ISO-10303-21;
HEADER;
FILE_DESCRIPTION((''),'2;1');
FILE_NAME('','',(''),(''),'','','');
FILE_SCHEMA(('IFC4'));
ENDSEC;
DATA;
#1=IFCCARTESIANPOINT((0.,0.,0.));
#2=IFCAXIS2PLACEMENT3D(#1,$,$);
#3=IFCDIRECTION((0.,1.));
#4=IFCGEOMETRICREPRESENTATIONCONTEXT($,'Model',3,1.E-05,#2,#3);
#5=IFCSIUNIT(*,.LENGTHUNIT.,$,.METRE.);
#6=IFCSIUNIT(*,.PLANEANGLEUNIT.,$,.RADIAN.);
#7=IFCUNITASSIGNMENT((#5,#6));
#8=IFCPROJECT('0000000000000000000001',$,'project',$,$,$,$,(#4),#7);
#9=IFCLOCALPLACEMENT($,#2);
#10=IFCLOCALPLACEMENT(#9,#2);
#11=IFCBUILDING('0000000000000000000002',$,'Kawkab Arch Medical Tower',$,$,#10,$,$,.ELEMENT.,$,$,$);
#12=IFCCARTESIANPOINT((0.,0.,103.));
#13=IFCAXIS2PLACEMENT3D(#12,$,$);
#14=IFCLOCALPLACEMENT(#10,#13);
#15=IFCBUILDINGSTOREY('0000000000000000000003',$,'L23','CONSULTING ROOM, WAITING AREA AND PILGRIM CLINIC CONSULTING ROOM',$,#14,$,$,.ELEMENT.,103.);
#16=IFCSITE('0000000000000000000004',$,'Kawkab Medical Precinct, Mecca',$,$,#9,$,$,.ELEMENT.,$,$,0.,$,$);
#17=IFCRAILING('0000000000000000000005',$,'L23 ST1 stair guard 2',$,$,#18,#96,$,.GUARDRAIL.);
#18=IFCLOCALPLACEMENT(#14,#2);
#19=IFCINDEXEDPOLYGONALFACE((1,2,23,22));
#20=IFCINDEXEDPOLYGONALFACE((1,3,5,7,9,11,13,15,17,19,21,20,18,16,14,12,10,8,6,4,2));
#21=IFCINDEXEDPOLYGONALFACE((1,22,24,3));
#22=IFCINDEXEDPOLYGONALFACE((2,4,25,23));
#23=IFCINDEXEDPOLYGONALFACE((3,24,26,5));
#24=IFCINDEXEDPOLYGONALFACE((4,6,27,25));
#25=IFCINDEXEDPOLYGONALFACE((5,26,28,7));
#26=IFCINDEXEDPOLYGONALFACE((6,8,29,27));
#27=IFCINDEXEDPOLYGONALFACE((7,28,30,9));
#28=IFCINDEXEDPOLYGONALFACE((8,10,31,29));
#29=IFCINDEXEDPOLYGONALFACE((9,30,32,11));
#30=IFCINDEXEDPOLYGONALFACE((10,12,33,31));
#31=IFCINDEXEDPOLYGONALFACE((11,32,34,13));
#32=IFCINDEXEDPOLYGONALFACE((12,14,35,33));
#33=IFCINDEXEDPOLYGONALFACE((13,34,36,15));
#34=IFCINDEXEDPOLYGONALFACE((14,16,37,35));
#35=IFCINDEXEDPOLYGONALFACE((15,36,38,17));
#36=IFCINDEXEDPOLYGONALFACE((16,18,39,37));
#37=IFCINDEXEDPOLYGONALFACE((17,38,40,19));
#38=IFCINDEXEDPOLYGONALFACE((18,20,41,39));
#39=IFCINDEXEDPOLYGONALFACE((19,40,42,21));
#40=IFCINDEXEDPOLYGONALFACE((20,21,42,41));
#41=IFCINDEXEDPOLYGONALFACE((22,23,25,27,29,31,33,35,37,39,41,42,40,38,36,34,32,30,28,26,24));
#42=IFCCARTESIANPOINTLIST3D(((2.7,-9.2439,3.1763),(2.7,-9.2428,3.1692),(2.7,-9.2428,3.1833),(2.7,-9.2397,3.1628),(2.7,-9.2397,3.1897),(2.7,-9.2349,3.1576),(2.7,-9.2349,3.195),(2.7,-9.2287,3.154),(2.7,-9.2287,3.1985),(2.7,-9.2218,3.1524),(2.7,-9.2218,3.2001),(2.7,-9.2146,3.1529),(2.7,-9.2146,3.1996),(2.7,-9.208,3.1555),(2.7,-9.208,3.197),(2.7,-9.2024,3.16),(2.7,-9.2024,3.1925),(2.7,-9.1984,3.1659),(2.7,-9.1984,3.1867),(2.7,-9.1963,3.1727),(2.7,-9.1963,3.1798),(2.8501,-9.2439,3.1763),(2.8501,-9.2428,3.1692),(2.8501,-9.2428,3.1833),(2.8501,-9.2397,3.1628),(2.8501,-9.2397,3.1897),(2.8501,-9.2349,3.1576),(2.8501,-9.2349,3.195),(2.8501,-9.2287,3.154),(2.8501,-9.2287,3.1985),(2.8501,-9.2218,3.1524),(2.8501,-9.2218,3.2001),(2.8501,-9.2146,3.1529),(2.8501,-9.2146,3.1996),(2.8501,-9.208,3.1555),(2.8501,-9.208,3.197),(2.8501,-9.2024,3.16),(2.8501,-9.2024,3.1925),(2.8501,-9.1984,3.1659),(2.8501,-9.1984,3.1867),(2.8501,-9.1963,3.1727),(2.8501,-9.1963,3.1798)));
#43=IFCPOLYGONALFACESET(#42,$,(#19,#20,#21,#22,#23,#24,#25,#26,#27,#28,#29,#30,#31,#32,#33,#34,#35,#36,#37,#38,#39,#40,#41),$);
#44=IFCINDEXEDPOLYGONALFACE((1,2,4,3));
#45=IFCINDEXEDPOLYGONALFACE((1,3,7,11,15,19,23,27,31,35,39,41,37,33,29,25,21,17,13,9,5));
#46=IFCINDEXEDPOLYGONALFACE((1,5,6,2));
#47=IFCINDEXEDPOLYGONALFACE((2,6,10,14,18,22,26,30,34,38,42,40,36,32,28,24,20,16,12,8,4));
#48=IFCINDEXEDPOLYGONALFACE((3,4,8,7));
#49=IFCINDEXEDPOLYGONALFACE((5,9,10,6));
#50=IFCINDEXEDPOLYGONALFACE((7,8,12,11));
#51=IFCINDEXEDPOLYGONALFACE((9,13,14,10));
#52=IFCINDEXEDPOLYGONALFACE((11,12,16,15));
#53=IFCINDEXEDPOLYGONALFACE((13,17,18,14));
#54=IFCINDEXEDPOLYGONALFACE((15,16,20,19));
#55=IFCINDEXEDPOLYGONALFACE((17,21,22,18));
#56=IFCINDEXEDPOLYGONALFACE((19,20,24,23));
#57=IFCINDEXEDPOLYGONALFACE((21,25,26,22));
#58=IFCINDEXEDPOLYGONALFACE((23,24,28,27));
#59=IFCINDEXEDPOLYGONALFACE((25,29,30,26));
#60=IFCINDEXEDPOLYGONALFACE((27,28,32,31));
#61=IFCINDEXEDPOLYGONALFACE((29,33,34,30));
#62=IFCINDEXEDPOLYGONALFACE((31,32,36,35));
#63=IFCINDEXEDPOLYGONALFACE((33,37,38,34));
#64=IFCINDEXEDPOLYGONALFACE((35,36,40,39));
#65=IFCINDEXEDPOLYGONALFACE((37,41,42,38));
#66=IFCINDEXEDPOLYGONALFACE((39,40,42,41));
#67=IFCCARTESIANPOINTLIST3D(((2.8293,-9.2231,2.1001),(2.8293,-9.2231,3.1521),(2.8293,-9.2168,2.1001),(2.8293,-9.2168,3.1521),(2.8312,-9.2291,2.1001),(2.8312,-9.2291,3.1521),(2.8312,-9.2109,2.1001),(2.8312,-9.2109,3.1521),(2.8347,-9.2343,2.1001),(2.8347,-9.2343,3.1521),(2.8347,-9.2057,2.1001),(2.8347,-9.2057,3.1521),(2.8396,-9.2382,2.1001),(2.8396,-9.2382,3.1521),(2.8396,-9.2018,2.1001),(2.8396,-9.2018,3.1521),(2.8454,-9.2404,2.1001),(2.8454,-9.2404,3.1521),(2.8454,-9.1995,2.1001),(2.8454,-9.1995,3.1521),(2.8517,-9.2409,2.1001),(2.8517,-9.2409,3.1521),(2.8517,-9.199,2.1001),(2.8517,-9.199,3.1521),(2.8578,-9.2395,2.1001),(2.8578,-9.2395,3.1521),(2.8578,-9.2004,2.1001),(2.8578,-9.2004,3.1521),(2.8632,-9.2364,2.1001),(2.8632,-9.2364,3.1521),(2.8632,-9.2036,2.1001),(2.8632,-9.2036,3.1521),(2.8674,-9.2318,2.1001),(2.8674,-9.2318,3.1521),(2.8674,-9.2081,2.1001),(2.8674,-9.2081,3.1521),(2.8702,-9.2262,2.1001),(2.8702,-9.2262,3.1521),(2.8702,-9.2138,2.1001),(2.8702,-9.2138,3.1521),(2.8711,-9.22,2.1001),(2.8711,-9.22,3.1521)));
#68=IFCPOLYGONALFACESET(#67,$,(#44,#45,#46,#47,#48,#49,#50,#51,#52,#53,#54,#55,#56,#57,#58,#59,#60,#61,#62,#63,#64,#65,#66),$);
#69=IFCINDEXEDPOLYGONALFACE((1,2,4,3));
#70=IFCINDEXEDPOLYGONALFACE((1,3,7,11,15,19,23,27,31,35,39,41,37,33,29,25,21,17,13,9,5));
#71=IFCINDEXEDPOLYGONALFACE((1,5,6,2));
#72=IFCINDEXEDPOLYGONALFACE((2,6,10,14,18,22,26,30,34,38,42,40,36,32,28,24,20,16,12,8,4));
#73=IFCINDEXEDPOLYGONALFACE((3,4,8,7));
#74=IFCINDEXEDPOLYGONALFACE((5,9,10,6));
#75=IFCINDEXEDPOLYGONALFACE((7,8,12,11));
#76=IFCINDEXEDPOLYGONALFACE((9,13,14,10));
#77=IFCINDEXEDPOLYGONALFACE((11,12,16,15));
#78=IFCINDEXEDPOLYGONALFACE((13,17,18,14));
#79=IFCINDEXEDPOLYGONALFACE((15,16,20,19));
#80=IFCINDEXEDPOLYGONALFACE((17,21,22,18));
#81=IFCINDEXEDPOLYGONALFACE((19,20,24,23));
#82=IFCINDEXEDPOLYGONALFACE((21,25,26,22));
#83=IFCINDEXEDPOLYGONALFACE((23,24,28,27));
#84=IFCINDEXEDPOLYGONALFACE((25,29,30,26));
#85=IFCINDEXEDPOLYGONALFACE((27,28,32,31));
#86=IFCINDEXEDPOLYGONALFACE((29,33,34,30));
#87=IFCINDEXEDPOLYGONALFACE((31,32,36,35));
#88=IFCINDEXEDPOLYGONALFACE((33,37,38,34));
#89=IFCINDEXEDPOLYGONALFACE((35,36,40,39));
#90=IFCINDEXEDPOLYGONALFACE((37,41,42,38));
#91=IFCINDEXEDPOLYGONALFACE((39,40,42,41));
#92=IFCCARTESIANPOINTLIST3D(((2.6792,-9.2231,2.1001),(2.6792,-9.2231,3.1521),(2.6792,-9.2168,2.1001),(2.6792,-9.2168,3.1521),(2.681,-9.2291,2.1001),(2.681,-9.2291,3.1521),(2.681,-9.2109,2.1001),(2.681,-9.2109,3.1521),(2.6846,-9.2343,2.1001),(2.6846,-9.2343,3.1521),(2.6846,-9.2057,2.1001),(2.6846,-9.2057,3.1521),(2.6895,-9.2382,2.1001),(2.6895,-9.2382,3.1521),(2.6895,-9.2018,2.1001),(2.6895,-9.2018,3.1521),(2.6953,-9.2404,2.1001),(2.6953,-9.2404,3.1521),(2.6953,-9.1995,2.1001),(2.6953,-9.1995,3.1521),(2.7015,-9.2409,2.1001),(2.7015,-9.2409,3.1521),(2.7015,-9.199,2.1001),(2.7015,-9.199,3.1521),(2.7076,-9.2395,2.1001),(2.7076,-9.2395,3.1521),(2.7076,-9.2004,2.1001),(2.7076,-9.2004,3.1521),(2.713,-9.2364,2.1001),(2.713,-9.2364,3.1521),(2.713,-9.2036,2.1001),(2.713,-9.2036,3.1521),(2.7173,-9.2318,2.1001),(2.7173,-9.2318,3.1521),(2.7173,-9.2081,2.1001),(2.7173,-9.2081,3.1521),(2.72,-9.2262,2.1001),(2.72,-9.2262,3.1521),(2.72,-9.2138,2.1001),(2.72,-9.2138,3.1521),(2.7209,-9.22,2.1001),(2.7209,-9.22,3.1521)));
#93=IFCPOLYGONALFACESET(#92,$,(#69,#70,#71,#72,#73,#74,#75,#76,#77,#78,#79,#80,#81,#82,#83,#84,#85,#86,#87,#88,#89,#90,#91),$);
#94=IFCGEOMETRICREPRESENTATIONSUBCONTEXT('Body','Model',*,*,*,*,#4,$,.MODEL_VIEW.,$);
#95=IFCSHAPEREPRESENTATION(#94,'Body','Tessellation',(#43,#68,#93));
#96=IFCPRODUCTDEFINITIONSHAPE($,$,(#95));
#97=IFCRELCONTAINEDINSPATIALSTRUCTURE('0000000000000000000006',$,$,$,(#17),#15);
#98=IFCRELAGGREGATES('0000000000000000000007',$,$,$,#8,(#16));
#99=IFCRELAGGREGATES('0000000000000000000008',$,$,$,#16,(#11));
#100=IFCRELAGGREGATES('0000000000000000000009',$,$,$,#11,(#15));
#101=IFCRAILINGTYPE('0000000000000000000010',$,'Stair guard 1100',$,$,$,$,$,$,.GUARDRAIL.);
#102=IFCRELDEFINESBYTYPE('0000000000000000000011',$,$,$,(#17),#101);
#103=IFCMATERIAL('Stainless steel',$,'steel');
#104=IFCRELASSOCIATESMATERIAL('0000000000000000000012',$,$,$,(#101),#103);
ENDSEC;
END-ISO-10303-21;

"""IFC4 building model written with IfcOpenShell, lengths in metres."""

from ifc_helpers import new_model, si_unit, direction, frame, origin, origin_2d, place, context, subcontext, project, spatial, circle, extrude, material, type_object, element, save


model = new_model("IFC4")

# Units and contexts
model_context = context("Model", 3, precision=1e-05, world=origin(), true_north=direction((0.0, 1.0)))
body_context = subcontext(model_context, "Body", "Model", "MODEL_VIEW")
ifc_project = project(units=[si_unit("LENGTHUNIT", "METRE"), si_unit("PLANEANGLEUNIT", "RADIAN")], contexts=[model_context])

# Site, building, storey
site_placement = place(None, origin())
site = spatial("IfcSite", under=ifc_project, at=site_placement, Name="Kawkab Medical Precinct, Mecca", CompositionType="ELEMENT", RefElevation=0.0)
building_placement = place(site_placement, origin())
building = spatial("IfcBuilding", under=site, at=building_placement, Name="Kawkab Arch Medical Tower", CompositionType="ELEMENT")
storey_placement = place(building_placement, frame((0.0, 0.0, 103.0)))
storey = spatial("IfcBuildingStorey", under=building, at=storey_placement, Name="L23", Description="CONSULTING ROOM, WAITING AREA AND PILGRIM CLINIC CONSULTING ROOM", CompositionType="ELEMENT", Elevation=103.0)

# Railing
ifc_material_1 = material(Name="Stainless steel", Category="steel")
railing_type_1 = type_object("IfcRailingType", Name="Stair guard 1100", PredefinedType="GUARDRAIL", material=ifc_material_1)
railing_1_placement = place(storey_placement, frame((2.8501, -9.22, 2.1001)))
element("IfcRailing", 1, at=railing_1_placement, inside=storey, type_object=railing_type_1, Name="L23 ST1 stair guard 2", PredefinedType="GUARDRAIL", context=body_context, shape_type="SweptSolid", body=[
    extrude(circle(Radius=0.0239, at=origin_2d()), frame((0.0, 0.0, 1.0762), z_axis=(-1.0, 0.0, 0.0), x_axis=(0.0, -1.0, 0.0)), (0.0, 0.0, 1.0), 0.1501),
    extrude(circle(Radius=0.021, at=origin_2d()), origin(), (0.0, 0.0, 1.0), 1.052),
    extrude(circle(Radius=0.021, at=origin_2d()), frame((-0.1501, 0.0, 0.0)), (0.0, 0.0, 1.0), 1.052),
])

save(model, "model.ifc")
